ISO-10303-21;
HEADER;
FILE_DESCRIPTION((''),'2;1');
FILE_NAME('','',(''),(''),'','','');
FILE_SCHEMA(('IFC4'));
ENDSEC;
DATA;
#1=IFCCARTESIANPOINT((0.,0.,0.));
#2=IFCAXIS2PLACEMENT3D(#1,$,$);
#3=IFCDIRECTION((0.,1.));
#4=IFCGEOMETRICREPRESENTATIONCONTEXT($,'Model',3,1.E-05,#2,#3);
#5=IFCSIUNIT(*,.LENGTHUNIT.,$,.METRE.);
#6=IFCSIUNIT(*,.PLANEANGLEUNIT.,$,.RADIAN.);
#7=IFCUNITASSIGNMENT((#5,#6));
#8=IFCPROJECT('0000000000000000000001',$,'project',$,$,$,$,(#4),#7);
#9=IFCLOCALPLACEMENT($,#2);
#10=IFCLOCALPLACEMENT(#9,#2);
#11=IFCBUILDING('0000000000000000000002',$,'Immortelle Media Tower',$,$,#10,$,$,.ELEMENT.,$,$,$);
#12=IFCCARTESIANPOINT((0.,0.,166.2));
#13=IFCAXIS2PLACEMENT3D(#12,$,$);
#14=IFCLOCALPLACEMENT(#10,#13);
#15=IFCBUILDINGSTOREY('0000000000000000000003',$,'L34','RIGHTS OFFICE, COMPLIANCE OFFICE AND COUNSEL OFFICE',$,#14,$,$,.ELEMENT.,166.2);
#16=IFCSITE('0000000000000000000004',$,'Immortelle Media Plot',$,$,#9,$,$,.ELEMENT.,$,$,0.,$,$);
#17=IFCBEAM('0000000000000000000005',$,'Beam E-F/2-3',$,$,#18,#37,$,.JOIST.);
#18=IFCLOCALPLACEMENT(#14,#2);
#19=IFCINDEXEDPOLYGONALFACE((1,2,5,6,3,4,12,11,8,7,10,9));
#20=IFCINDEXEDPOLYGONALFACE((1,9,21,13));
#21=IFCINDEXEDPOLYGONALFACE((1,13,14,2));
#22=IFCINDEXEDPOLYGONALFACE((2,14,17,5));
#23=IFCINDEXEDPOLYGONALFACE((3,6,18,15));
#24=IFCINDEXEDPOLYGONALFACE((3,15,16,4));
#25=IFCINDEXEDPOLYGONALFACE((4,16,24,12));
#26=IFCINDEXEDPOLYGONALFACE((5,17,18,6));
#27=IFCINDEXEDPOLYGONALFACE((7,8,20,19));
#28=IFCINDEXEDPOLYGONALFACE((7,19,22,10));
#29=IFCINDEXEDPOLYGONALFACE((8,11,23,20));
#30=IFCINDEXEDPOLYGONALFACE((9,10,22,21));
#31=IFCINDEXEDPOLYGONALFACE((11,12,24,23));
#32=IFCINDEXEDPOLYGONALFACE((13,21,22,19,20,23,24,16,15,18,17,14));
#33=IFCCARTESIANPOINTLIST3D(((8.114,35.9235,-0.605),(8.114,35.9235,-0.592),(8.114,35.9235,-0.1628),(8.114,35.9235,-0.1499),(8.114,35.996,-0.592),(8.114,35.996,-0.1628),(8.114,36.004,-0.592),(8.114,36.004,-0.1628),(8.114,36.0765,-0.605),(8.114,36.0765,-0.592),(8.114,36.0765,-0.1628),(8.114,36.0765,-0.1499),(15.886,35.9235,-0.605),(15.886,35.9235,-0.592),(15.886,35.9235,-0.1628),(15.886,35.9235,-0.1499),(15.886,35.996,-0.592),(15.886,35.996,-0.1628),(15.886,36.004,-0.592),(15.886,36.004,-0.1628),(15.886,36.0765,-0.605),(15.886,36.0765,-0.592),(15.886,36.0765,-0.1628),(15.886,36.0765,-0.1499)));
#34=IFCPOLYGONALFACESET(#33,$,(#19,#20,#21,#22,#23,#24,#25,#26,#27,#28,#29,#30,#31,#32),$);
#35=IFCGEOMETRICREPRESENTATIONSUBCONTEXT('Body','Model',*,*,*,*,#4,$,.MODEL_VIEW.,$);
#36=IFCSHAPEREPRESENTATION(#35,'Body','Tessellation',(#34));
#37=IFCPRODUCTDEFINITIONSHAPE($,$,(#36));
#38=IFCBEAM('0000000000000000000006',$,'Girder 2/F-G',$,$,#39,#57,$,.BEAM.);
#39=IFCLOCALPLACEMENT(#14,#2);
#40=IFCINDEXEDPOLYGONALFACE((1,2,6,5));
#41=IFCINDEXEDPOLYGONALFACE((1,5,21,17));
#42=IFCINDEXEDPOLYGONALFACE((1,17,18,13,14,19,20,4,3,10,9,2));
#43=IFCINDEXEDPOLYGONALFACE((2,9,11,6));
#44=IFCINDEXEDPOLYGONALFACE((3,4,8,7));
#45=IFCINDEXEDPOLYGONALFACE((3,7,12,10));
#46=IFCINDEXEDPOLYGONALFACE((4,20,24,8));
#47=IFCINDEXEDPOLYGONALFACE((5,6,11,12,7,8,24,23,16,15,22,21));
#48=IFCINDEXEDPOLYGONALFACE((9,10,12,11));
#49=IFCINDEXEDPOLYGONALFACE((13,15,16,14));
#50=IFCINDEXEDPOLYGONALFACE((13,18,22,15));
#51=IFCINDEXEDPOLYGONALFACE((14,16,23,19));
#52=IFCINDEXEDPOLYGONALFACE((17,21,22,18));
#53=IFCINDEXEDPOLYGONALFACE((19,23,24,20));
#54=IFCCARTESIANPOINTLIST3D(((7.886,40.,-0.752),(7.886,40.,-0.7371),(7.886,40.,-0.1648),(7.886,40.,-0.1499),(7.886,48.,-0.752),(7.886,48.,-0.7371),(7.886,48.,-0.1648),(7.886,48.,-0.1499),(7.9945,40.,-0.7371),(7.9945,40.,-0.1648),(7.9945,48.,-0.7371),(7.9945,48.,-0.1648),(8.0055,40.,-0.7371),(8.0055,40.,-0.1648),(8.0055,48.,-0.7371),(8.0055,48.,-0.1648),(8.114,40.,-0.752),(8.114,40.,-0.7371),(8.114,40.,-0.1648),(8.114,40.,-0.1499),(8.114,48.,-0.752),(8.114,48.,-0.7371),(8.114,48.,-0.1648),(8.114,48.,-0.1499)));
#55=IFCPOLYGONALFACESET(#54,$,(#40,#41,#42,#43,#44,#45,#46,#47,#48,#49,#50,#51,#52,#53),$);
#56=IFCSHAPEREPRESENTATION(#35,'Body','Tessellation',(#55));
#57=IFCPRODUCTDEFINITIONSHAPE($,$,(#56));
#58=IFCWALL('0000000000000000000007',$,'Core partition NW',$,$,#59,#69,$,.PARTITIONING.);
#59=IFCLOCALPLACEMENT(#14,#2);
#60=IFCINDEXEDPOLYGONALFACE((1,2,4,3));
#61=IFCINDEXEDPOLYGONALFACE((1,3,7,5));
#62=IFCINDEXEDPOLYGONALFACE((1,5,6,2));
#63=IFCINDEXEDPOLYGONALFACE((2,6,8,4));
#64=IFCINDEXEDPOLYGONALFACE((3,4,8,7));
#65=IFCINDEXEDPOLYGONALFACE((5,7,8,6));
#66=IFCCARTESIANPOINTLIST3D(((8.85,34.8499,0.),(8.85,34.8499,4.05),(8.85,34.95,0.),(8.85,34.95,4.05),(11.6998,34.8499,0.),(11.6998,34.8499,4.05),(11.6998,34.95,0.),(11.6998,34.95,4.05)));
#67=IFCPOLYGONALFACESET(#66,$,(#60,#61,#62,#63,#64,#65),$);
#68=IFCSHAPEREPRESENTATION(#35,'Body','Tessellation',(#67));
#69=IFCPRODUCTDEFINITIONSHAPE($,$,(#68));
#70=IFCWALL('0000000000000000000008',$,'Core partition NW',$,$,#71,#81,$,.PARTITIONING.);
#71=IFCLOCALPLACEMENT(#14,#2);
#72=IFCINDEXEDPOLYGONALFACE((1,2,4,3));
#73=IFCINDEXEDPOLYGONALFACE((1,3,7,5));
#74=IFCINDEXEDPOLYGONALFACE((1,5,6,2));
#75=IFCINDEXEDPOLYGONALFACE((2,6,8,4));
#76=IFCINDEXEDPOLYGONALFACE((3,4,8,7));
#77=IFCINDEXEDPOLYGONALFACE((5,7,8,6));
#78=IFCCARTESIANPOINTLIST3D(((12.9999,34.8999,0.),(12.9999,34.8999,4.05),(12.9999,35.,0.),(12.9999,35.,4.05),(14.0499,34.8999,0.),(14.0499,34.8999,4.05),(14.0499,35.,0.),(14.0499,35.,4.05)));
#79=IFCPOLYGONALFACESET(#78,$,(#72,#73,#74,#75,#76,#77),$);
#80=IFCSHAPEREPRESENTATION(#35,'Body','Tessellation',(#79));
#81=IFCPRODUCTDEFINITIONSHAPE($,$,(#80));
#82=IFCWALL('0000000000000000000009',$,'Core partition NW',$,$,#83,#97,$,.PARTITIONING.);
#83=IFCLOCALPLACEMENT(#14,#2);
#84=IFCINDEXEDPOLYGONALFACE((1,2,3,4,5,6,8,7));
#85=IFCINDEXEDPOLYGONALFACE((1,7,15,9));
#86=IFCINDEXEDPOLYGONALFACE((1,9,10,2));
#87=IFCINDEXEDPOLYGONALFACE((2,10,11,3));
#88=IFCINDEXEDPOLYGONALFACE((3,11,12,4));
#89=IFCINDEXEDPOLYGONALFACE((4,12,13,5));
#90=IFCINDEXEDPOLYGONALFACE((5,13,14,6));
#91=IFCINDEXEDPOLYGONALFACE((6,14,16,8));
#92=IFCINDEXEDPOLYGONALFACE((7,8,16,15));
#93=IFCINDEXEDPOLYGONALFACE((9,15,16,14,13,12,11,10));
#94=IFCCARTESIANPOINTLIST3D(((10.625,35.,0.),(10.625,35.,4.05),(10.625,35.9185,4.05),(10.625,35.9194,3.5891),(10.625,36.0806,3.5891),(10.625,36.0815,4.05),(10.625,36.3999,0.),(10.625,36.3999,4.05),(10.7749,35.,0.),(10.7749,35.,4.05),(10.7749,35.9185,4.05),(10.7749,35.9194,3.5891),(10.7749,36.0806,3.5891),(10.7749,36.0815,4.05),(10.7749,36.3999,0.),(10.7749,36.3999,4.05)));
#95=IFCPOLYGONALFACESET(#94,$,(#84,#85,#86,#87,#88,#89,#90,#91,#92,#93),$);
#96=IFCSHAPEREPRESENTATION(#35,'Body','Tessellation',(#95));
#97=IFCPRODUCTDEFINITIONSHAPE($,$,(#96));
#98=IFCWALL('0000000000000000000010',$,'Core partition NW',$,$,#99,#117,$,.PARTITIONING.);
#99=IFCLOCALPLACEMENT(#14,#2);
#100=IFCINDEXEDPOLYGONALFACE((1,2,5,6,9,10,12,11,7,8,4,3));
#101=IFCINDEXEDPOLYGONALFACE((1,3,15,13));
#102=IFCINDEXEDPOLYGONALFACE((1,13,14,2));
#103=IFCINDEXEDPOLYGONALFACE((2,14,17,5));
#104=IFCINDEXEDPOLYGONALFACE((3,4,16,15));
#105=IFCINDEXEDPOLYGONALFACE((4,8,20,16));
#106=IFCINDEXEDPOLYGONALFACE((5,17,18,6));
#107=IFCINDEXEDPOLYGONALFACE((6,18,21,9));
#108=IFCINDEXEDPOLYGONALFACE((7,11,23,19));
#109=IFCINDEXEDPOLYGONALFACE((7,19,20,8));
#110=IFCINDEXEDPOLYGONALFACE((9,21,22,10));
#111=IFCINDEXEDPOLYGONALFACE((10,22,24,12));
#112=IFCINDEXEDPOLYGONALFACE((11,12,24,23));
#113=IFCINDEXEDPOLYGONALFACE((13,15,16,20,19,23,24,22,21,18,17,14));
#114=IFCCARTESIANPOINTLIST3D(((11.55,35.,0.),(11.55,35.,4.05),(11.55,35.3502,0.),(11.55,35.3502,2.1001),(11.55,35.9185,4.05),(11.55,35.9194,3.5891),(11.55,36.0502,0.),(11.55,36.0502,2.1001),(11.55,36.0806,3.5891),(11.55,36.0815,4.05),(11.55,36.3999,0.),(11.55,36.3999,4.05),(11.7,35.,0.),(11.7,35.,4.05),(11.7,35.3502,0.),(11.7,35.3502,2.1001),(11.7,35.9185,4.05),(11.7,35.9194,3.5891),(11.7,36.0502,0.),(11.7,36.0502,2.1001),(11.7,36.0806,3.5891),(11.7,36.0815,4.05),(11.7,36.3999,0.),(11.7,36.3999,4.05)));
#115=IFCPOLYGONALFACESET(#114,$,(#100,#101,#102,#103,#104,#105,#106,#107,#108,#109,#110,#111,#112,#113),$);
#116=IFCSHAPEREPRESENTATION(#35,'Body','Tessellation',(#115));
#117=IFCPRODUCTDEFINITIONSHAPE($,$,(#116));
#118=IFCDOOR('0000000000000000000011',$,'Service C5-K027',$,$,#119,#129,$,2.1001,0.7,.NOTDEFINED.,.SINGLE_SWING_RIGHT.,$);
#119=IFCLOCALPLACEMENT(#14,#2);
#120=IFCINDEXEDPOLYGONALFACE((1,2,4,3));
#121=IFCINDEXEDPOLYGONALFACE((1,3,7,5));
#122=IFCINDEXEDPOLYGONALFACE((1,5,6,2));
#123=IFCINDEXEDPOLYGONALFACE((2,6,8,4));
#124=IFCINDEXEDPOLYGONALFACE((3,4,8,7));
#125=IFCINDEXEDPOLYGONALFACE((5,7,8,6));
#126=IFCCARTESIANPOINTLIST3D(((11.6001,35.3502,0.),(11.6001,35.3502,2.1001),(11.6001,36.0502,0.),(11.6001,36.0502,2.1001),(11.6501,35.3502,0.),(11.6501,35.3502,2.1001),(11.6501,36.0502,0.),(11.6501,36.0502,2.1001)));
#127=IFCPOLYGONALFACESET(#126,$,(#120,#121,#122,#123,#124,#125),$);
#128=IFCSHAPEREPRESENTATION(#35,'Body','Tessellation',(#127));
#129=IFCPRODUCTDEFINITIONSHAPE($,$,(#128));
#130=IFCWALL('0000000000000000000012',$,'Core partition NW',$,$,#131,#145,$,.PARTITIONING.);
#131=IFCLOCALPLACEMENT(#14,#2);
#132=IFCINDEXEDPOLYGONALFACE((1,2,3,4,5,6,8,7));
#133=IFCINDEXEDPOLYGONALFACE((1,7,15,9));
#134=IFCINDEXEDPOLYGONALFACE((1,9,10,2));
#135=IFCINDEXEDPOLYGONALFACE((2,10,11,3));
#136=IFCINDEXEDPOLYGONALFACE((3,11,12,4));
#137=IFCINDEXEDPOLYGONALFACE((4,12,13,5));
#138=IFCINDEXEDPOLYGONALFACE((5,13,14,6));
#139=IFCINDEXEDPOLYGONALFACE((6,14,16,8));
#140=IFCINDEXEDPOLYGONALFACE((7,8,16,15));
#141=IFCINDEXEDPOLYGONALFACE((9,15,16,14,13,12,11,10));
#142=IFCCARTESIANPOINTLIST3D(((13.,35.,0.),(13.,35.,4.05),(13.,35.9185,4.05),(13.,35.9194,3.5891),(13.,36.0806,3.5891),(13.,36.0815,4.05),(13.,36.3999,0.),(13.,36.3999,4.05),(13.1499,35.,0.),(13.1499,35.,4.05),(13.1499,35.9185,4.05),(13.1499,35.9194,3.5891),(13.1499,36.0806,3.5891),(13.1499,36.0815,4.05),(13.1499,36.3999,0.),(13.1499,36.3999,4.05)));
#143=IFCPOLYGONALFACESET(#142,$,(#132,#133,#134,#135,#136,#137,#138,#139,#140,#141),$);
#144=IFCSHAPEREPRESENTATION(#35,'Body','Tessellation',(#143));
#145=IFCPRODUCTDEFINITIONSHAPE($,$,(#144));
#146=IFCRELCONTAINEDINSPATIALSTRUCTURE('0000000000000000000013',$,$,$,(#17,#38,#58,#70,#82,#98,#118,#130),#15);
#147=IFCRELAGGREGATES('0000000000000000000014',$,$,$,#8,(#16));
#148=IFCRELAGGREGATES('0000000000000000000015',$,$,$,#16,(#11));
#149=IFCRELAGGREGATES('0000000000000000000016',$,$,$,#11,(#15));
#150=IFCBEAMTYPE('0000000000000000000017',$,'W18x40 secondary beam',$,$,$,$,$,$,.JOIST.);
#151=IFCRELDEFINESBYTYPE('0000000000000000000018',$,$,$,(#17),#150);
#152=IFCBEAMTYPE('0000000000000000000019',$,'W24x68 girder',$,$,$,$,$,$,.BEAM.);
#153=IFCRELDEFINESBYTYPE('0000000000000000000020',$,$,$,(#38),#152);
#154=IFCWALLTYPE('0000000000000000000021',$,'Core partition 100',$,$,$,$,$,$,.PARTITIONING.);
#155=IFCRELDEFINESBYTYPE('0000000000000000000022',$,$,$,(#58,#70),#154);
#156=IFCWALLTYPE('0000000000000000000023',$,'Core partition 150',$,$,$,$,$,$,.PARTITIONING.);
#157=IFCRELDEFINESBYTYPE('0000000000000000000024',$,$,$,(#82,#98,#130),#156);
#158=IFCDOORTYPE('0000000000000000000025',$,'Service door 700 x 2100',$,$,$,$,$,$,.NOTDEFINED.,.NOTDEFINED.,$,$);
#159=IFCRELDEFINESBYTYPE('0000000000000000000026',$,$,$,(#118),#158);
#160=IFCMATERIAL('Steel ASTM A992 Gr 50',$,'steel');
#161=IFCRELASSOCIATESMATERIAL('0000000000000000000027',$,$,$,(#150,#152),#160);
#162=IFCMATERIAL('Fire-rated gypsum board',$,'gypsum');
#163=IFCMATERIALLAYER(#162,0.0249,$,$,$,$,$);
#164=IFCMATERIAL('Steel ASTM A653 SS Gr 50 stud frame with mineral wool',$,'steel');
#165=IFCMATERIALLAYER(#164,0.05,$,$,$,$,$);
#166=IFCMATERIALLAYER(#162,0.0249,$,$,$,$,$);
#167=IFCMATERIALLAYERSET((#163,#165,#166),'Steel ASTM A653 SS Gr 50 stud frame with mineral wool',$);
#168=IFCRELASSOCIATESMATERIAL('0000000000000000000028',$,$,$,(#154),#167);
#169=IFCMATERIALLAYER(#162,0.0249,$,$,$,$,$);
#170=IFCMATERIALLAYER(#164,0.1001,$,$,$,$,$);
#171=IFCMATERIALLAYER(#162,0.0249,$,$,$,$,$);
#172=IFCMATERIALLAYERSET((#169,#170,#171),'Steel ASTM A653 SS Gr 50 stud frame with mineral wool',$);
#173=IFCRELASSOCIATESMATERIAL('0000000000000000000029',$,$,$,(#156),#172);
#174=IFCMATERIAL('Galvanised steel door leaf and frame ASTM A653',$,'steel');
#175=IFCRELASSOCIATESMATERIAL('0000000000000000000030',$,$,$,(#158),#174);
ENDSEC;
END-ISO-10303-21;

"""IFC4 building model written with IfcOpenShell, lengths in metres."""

from ifc_helpers import new_model, si_unit, direction, frame, frame_2d, origin, origin_2d, place, context, subcontext, project, spatial, polyline, rectangle, i_section, outline, extrude, material, layer, layer_set, material_profile, profile_set, type_object, element, fill, save


model = new_model("IFC4")

# Units and contexts
model_context = context("Model", 3, precision=1e-05, world=origin(), true_north=direction((0.0, 1.0)))
body_context = subcontext(model_context, "Body", "Model", "MODEL_VIEW")
ifc_project = project(units=[si_unit("LENGTHUNIT", "METRE"), si_unit("PLANEANGLEUNIT", "RADIAN")], contexts=[model_context])

# Site, building, storey
site_placement = place(None, origin())
site = spatial("IfcSite", under=ifc_project, at=site_placement, Name="Immortelle Media Plot", CompositionType="ELEMENT", RefElevation=0.0)
building_placement = place(site_placement, origin())
building = spatial("IfcBuilding", under=site, at=building_placement, Name="Immortelle Media Tower", CompositionType="ELEMENT")
storey_placement = place(building_placement, frame((0.0, 0.0, 166.2)))
storey = spatial("IfcBuildingStorey", under=building, at=storey_placement, Name="L34", Description="RIGHTS OFFICE, COMPLIANCE OFFICE AND COUNSEL OFFICE", CompositionType="ELEMENT", Elevation=166.2)

# Beams
ifc_material_1 = material(Name="Steel ASTM A992 Gr 50", Category="steel")
ifc_material_profile_1 = material_profile(ifc_material_1, i_section(OverallWidth=0.1531, OverallDepth=0.4551, WebThickness=0.0081, FlangeThickness=0.0129, at=origin_2d()), Name="W18x40")
ifc_profile_set_1 = profile_set([ifc_material_profile_1], Name="Steel ASTM A992 Gr 50")
beam_type_1 = type_object("IfcBeamType", Name="W18x40 secondary beam", PredefinedType="JOIST", material=ifc_profile_set_1)
beam_1_placement = place(storey_placement, frame((8.114, 36.0, -0.3774), z_axis=(1.0, 0.0, 0.0), x_axis=(0.0, 1.0, 0.0)))
element("IfcBeam", 1, at=beam_1_placement, inside=storey, type_object=beam_type_1, Name="Beam E-F/2-3", PredefinedType="JOIST", context=body_context, shape_type="SweptSolid", body=[
    extrude(i_section(OverallWidth=0.1531, OverallDepth=0.4551, WebThickness=0.0081, FlangeThickness=0.0129, at=origin_2d()), origin(), (0.0, 0.0, 1.0), 7.772),
])
ifc_material_profile_2 = material_profile(ifc_material_1, i_section(OverallWidth=0.228, OverallDepth=0.6021, WebThickness=0.011, FlangeThickness=0.0149, at=origin_2d()), Name="W24x68")
ifc_profile_set_2 = profile_set([ifc_material_profile_2], Name="Steel ASTM A992 Gr 50")
beam_type_2 = type_object("IfcBeamType", Name="W24x68 girder", PredefinedType="BEAM", material=ifc_profile_set_2)
beam_2_placement = place(storey_placement, frame((8.0, 40.0, -0.4509), z_axis=(0.0, 1.0, 0.0), x_axis=(-1.0, 0.0, 0.0)))
element("IfcBeam", 2, at=beam_2_placement, inside=storey, type_object=beam_type_2, Name="Girder 2/F-G", PredefinedType="BEAM", context=body_context, shape_type="SweptSolid", body=[
    extrude(i_section(OverallWidth=0.228, OverallDepth=0.6021, WebThickness=0.011, FlangeThickness=0.0149, at=origin_2d()), origin(), (0.0, 0.0, 1.0), 8.0),
])

# Walls
ifc_material_2 = material(Name="Fire-rated gypsum board", Category="gypsum")
ifc_layer_1 = layer(ifc_material_2, 0.0249)
ifc_material_3 = material(Name="Steel ASTM A653 SS Gr 50 stud frame with mineral wool", Category="steel")
ifc_layer_2 = layer(ifc_material_3, 0.05)
ifc_layer_3 = layer(ifc_material_2, 0.0249)
ifc_layer_set_1 = layer_set([ifc_layer_1, ifc_layer_2, ifc_layer_3], Name="Steel ASTM A653 SS Gr 50 stud frame with mineral wool")
wall_type_1 = type_object("IfcWallType", Name="Core partition 100", PredefinedType="PARTITIONING", material=ifc_layer_set_1)
wall_1_placement = place(storey_placement, frame((8.8501, 34.8999, 0.0), z_axis=(0.0, 0.0, 1.0), x_axis=(1.0, 0.0, 0.0)))
element("IfcWall", 3, at=wall_1_placement, inside=storey, type_object=wall_type_1, Name="Core partition NW", PredefinedType="PARTITIONING", context=body_context, shape_type="SweptSolid", body=[
    extrude(rectangle(XDim=2.8499, YDim=0.1001, at=frame_2d((1.4248, 0.0))), origin(), (0.0, 0.0, 1.0), 4.05),
])
wall_2_placement = place(storey_placement, frame((13.0, 34.95, 0.0), z_axis=(0.0, 0.0, 1.0), x_axis=(1.0, 0.0, 0.0)))
element("IfcWall", 4, at=wall_2_placement, inside=storey, type_object=wall_type_1, Name="Core partition NW", PredefinedType="PARTITIONING", context=body_context, shape_type="SweptSolid", body=[
    extrude(rectangle(XDim=1.05, YDim=0.1001, at=frame_2d((0.5249, 0.0))), origin(), (0.0, 0.0, 1.0), 4.05),
])
ifc_layer_4 = layer(ifc_material_2, 0.0249)
ifc_layer_5 = layer(ifc_material_3, 0.1001)
ifc_layer_6 = layer(ifc_material_2, 0.0249)
ifc_layer_set_2 = layer_set([ifc_layer_4, ifc_layer_5, ifc_layer_6], Name="Steel ASTM A653 SS Gr 50 stud frame with mineral wool")
wall_type_2 = type_object("IfcWallType", Name="Core partition 150", PredefinedType="PARTITIONING", material=ifc_layer_set_2)
wall_3_placement = place(storey_placement, frame((10.7, 35.0, 0.0), z_axis=(0.0, 0.0, 1.0), x_axis=(0.0, 1.0, 0.0)))
element("IfcWall", 5, at=wall_3_placement, inside=storey, type_object=wall_type_2, Name="Core partition NW", PredefinedType="PARTITIONING", context=body_context, shape_type="SweptSolid", body=[
    extrude(outline(polyline([(0.0, 0.0), (1.3999, 0.0), (1.3999, 4.05), (1.0815, 4.05), (1.0806, 3.5891), (0.9194, 3.5891), (0.9185, 4.05), (0.0, 4.05), (0.0, 0.0)])), frame((0.0, 0.075, 0.0), z_axis=(0.0, -1.0, 0.0), x_axis=(1.0, 0.0, 0.0)), (0.0, 0.0, 1.0), 0.1499),
])

# Wall, opening, door
wall_4_placement = place(storey_placement, frame((11.625, 35.0, 0.0), z_axis=(0.0, 0.0, 1.0), x_axis=(0.0, 1.0, 0.0)))
wall_4 = element("IfcWall", 6, at=wall_4_placement, inside=storey, type_object=wall_type_2, Name="Core partition NW", PredefinedType="PARTITIONING", context=body_context, shape_type="SweptSolid", body=[
    extrude(outline(polyline([(0.0, 0.0), (1.3999, 0.0), (1.3999, 4.05), (1.0815, 4.05), (1.0806, 3.5891), (0.9194, 3.5891), (0.9185, 4.05), (0.0, 4.05), (0.0, 0.0)])), frame((0.0, 0.075, 0.0), z_axis=(0.0, -1.0, 0.0), x_axis=(1.0, 0.0, 0.0)), (0.0, 0.0, 1.0), 0.1499),
])
opening_1_placement = place(wall_4_placement, frame((0.3501, 0.0, 0.0)))
opening_1 = element("IfcOpeningElement", 7, at=opening_1_placement, cuts=wall_4, PredefinedType="OPENING", context=body_context, shape_type="SweptSolid", body=[
    extrude(rectangle(XDim=0.7, YDim=2.1001, at=frame_2d((0.3501, 1.05))), frame((0.0, 0.085, 0.0), z_axis=(0.0, -1.0, 0.0), x_axis=(1.0, 0.0, 0.0)), (0.0, 0.0, 1.0), 0.1699),
])
ifc_material_4 = material(Name="Galvanised steel door leaf and frame ASTM A653", Category="steel")
door_type_1 = type_object("IfcDoorType", Name="Service door 700 x 2100", OperationType="NOTDEFINED", PredefinedType="NOTDEFINED", material=ifc_material_4)
door_1_placement = place(opening_1_placement, origin())
door_1 = element("IfcDoor", 8, at=door_1_placement, inside=storey, type_object=door_type_1, Name="Service C5-K027", OperationType="SINGLE_SWING_RIGHT", OverallHeight=2.1001, OverallWidth=0.7, PredefinedType="NOTDEFINED", context=body_context, shape_type="SweptSolid", body=[
    extrude(rectangle(XDim=0.7, YDim=2.1001, at=frame_2d((0.3501, 1.05))), frame((0.0, 0.0249, 0.0), z_axis=(0.0, -1.0, 0.0), x_axis=(1.0, 0.0, 0.0)), (0.0, 0.0, 1.0), 0.05),
])
fill(opening_1, door_1)

# Wall
wall_5_placement = place(storey_placement, frame((13.075, 35.0, 0.0), z_axis=(0.0, 0.0, 1.0), x_axis=(0.0, 1.0, 0.0)))
element("IfcWall", 9, at=wall_5_placement, inside=storey, type_object=wall_type_2, Name="Core partition NW", PredefinedType="PARTITIONING", context=body_context, shape_type="SweptSolid", body=[
    extrude(outline(polyline([(0.0, 0.0), (1.3999, 0.0), (1.3999, 4.05), (1.0815, 4.05), (1.0806, 3.5891), (0.9194, 3.5891), (0.9185, 4.05), (0.0, 4.05), (0.0, 0.0)])), frame((0.0, 0.075, 0.0), z_axis=(0.0, -1.0, 0.0), x_axis=(1.0, 0.0, 0.0)), (0.0, 0.0, 1.0), 0.1499),
])

save(model, "model.ifc")
